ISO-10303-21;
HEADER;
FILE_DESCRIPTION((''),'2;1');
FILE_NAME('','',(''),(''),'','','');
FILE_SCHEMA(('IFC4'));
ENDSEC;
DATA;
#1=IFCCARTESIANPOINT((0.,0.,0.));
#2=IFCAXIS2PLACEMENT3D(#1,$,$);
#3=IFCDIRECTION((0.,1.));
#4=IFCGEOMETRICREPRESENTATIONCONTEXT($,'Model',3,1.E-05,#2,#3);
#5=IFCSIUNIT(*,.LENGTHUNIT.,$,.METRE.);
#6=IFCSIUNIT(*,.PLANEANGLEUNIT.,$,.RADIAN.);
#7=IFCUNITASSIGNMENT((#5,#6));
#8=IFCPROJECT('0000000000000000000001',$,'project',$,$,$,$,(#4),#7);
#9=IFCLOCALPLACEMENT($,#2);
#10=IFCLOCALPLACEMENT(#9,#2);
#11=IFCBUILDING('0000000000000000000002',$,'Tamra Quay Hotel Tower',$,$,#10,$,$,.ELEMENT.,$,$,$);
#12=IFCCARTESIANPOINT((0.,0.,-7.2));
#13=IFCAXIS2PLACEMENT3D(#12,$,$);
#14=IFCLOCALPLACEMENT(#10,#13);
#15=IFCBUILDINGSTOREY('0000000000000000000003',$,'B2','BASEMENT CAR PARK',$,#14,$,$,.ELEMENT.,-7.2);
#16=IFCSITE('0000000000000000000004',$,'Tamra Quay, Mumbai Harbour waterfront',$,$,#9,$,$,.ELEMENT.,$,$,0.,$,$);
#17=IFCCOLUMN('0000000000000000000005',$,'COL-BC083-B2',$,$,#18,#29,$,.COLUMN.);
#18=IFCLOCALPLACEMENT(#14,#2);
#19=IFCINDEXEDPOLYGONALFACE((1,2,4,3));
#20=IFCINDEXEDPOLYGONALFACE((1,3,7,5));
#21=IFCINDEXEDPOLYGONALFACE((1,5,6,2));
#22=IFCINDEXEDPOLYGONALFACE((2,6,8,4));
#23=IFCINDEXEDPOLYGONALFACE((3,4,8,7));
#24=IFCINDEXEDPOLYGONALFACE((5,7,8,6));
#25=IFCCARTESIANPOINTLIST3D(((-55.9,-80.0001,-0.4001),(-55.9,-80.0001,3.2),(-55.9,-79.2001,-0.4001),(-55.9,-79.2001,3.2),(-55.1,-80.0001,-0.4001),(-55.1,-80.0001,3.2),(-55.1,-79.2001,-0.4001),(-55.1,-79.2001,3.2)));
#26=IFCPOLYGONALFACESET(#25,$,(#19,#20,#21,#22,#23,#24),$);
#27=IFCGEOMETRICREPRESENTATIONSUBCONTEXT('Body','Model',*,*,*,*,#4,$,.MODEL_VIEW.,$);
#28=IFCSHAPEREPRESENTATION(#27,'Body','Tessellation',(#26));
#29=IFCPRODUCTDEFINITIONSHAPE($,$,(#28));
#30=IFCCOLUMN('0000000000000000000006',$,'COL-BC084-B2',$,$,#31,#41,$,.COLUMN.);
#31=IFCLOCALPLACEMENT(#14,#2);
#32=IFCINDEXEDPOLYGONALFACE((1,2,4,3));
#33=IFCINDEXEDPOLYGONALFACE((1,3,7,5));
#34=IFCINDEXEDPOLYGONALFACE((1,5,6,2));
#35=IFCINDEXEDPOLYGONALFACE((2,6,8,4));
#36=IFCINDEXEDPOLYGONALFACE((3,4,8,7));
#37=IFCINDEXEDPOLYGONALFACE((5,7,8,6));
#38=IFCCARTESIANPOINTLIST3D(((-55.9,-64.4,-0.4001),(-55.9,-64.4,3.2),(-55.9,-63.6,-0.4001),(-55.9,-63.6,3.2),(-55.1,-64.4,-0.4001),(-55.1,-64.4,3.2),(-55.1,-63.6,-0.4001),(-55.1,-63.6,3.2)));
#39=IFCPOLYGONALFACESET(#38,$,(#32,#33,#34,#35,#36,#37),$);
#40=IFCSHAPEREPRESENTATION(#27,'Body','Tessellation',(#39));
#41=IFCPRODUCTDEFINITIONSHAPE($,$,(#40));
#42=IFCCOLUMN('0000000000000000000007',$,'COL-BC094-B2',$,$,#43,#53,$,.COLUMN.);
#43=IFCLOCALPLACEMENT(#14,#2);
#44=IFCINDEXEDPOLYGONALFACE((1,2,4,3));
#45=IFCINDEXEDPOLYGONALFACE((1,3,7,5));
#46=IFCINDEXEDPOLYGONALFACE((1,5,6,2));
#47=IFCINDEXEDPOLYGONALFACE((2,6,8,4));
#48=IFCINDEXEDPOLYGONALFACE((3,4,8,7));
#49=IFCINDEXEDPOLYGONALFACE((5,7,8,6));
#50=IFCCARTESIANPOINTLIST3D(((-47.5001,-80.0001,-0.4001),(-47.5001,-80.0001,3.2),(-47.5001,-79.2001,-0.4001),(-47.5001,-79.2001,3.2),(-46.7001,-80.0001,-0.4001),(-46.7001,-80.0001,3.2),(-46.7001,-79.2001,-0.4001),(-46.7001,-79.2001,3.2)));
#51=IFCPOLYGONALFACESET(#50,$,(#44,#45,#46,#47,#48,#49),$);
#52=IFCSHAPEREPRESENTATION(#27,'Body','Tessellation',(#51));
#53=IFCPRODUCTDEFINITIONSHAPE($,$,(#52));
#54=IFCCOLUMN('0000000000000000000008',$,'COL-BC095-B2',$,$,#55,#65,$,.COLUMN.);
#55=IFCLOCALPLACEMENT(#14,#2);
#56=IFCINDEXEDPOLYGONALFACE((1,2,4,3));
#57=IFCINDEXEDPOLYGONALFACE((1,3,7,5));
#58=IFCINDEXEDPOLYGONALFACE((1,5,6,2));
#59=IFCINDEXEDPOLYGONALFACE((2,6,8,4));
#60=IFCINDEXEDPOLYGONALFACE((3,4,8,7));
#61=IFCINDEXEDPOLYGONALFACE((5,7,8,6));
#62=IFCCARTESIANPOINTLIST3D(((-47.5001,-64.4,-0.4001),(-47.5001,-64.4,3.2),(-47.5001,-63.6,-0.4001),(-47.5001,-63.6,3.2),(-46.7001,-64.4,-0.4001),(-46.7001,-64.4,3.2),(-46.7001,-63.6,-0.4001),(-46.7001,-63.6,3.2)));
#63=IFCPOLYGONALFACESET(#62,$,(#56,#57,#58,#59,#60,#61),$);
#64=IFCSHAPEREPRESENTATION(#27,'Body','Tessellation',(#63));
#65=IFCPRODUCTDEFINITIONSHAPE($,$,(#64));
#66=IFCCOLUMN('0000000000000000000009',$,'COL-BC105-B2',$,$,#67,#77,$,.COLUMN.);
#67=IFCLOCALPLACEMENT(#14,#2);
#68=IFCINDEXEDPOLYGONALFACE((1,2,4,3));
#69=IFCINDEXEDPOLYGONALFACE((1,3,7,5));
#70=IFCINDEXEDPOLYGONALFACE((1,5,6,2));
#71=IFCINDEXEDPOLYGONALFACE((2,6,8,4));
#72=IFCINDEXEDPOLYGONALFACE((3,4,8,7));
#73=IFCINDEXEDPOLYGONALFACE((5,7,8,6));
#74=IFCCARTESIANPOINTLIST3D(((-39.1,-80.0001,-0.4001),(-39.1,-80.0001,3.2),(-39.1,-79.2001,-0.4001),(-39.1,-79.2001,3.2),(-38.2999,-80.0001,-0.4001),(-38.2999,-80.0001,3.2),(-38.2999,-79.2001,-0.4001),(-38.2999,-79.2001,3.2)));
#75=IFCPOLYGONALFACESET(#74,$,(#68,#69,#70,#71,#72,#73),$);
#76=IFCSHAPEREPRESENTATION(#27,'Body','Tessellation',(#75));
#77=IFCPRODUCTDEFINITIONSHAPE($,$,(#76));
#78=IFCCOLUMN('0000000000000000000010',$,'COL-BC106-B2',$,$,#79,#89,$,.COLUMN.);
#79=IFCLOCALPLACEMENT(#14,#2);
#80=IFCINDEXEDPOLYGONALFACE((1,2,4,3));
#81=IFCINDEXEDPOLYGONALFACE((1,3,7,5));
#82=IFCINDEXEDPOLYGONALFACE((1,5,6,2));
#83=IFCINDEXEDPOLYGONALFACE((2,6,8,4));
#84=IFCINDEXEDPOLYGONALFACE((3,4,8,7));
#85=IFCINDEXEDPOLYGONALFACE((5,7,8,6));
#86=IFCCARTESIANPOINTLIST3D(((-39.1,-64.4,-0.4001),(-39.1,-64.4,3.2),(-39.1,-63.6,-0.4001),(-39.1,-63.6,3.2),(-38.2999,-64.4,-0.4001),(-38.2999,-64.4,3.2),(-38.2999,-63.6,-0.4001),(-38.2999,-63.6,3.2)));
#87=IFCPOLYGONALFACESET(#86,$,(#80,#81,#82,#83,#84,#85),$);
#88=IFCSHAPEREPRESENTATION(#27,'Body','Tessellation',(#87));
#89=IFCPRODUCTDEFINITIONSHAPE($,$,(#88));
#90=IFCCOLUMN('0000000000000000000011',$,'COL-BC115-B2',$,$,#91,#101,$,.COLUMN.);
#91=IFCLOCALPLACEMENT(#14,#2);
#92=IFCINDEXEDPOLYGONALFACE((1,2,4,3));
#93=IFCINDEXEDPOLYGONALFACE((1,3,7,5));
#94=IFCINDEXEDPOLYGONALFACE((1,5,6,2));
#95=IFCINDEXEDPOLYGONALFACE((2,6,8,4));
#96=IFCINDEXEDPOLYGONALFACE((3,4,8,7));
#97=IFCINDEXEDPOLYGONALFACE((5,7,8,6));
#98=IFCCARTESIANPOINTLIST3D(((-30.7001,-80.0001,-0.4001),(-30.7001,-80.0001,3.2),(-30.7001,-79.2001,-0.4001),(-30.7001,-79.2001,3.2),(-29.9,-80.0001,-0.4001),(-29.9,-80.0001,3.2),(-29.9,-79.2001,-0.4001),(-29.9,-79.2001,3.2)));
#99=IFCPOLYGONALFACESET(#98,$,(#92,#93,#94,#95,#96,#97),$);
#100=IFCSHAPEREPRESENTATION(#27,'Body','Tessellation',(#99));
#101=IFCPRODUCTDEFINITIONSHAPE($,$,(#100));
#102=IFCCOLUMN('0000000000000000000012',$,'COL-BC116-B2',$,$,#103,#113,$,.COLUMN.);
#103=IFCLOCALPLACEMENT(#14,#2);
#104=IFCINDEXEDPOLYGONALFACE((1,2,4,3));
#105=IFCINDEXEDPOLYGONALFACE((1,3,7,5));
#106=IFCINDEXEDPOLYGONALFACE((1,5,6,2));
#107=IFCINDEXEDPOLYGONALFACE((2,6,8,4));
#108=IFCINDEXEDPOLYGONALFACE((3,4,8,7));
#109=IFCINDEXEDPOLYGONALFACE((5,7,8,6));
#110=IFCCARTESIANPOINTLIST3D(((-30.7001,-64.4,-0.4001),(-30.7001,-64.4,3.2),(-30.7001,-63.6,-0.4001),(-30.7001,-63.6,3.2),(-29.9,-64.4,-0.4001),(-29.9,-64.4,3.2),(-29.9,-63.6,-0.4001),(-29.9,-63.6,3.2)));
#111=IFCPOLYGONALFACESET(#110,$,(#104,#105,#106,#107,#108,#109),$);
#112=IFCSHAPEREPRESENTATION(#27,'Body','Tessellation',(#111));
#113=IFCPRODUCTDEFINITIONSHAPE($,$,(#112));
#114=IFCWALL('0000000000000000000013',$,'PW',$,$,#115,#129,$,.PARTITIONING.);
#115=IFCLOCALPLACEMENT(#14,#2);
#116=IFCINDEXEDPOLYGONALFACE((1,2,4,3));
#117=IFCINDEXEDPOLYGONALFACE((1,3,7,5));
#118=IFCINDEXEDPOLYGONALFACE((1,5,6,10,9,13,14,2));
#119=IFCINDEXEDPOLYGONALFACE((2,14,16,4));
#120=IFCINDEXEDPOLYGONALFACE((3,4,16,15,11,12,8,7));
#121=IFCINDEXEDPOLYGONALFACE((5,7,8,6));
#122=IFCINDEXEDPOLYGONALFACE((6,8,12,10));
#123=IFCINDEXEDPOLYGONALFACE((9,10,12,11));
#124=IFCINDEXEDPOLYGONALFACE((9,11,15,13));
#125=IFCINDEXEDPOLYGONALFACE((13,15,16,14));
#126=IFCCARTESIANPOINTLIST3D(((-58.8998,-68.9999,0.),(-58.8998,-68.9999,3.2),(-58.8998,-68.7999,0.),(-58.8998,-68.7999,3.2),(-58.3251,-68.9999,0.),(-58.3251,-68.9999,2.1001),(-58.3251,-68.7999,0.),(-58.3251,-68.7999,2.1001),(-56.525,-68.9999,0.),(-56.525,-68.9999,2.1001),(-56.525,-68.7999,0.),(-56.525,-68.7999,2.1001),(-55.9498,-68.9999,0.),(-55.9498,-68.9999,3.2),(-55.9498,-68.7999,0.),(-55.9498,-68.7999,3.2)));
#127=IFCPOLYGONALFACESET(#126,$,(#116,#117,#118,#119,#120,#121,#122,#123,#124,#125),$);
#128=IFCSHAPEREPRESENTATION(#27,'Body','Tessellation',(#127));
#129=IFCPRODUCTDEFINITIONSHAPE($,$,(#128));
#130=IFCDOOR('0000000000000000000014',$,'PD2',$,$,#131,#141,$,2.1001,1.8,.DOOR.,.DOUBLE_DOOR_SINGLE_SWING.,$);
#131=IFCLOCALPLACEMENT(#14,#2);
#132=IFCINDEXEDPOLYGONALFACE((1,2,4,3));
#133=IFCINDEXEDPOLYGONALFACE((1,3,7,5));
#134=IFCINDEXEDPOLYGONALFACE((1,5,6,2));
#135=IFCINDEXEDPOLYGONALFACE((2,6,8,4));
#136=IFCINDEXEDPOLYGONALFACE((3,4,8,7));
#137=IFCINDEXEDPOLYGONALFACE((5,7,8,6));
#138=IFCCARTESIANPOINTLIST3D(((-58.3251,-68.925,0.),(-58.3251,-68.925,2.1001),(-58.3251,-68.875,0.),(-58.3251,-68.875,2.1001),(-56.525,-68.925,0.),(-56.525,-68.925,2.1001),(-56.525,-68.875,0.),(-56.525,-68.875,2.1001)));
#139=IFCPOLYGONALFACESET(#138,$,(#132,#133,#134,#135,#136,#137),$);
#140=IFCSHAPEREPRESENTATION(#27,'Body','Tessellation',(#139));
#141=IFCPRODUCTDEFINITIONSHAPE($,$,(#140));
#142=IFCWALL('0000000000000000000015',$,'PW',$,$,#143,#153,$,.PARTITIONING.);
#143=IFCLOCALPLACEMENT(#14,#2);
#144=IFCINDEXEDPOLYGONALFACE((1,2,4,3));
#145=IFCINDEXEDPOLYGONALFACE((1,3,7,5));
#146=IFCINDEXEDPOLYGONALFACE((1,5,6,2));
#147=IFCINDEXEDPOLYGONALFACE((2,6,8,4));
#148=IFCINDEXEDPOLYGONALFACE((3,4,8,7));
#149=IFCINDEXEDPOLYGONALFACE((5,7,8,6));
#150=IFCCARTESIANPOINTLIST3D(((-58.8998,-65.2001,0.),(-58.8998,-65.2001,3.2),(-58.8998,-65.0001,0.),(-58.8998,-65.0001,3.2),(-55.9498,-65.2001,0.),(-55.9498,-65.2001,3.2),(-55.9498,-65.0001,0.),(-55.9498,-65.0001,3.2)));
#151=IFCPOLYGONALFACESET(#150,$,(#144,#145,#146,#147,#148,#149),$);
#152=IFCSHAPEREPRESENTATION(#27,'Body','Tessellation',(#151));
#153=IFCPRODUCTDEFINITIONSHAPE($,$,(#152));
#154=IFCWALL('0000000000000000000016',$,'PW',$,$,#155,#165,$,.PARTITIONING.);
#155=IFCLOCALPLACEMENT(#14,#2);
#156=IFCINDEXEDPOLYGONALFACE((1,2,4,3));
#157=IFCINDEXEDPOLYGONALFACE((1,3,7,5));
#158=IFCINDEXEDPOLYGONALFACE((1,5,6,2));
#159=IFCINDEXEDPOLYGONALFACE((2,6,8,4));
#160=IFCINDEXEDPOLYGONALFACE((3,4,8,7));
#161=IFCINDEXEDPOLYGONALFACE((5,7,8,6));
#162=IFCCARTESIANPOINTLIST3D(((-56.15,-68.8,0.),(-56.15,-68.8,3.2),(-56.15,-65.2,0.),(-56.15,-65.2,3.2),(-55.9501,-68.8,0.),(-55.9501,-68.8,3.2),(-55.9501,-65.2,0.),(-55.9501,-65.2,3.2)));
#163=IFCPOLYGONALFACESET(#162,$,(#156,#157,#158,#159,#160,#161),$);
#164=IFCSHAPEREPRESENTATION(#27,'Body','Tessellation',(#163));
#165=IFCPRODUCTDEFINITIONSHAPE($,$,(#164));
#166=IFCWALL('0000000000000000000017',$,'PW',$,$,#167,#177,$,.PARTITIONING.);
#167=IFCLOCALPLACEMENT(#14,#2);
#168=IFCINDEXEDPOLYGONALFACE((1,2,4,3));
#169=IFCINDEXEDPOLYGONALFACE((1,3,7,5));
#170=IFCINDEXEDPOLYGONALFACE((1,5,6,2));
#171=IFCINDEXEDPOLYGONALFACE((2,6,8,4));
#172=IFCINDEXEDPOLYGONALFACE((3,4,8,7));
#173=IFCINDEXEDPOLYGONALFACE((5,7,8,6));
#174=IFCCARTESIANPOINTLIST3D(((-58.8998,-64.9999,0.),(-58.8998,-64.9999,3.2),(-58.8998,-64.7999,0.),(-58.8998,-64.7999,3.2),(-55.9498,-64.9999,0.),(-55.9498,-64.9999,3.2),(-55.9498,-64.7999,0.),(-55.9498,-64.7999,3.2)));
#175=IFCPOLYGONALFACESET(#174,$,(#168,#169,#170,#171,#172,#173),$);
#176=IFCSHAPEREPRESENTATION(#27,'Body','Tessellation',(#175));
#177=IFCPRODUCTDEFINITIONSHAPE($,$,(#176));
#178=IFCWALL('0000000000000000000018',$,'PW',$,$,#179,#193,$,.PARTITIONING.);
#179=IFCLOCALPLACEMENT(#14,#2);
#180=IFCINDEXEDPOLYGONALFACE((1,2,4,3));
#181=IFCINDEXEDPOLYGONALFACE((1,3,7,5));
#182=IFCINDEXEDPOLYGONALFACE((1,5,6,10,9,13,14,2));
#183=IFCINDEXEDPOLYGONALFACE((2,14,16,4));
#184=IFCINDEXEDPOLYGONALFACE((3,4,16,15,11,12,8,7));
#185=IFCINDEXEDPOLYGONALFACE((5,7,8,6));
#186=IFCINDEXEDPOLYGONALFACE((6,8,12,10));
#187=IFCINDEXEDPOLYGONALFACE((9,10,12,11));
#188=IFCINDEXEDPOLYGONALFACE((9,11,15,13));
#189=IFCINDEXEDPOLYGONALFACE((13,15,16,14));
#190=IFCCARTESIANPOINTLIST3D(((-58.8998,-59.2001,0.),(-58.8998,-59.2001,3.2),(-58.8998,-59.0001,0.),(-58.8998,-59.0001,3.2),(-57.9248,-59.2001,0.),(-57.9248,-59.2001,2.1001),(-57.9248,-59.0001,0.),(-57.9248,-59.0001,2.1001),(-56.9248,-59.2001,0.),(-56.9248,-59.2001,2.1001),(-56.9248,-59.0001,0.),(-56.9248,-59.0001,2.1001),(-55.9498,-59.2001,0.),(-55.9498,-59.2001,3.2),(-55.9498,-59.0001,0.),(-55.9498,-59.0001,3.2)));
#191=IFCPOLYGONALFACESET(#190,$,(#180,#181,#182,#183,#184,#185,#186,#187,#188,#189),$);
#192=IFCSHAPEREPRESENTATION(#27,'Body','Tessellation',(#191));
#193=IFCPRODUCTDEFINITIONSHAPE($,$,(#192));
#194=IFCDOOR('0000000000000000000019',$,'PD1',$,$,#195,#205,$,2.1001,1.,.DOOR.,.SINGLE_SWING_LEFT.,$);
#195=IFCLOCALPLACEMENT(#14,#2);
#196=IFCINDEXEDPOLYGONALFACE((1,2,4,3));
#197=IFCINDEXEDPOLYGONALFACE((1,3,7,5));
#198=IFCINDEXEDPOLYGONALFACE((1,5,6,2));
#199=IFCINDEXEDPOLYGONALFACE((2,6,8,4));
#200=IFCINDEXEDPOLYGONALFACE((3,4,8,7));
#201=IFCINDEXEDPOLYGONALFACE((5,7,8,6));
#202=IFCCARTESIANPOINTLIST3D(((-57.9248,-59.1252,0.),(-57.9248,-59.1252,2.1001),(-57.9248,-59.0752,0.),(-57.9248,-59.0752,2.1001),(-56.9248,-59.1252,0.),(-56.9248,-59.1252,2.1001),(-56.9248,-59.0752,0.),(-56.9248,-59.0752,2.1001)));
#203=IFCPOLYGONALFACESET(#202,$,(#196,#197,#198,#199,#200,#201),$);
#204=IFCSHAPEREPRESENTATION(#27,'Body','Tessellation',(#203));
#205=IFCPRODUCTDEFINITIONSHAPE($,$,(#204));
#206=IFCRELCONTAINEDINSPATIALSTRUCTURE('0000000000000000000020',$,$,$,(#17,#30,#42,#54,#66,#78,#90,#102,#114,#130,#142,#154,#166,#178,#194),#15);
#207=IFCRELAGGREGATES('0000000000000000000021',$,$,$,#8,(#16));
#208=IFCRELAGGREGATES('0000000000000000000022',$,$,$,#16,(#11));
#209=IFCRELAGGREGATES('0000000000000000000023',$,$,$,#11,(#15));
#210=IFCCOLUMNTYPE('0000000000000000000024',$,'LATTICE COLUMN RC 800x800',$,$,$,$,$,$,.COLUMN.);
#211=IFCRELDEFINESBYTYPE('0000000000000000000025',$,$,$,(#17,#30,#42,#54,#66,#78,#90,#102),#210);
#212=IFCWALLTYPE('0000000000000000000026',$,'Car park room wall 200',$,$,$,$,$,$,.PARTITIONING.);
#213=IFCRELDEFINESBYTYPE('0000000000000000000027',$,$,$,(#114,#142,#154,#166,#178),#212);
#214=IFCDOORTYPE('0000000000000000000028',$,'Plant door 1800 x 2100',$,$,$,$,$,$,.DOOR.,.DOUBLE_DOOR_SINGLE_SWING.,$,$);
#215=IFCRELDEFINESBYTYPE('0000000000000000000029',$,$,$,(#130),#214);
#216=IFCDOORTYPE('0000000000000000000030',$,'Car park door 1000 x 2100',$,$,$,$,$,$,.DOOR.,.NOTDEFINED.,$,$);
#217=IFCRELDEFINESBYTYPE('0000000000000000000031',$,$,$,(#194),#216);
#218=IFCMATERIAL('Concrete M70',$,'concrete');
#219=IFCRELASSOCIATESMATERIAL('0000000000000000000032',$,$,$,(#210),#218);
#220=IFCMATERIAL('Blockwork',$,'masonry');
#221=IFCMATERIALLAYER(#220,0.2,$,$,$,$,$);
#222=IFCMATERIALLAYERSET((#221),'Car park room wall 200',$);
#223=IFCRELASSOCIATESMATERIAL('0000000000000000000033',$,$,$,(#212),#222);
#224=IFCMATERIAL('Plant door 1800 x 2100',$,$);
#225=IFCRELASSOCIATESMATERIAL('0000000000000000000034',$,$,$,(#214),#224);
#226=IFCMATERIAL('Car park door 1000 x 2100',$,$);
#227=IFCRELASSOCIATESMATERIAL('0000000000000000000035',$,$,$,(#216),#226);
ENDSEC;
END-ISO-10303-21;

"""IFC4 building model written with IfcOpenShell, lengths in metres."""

from ifc_helpers import new_model, si_unit, direction, frame, frame_2d, origin, origin_2d, place, context, subcontext, project, spatial, rectangle, extrude, material, layer, layer_set, material_profile, profile_set, type_object, element, fill, save


model = new_model("IFC4")

# Units and contexts
model_context = context("Model", 3, precision=1e-05, world=origin(), true_north=direction((0.0, 1.0)))
body_context = subcontext(model_context, "Body", "Model", "MODEL_VIEW")
ifc_project = project(units=[si_unit("LENGTHUNIT", "METRE"), si_unit("PLANEANGLEUNIT", "RADIAN")], contexts=[model_context])

# Site, building, storey
site_placement = place(None, origin())
site = spatial("IfcSite", under=ifc_project, at=site_placement, Name="Tamra Quay, Mumbai Harbour waterfront", CompositionType="ELEMENT", RefElevation=0.0)
building_placement = place(site_placement, origin())
building = spatial("IfcBuilding", under=site, at=building_placement, Name="Tamra Quay Hotel Tower", CompositionType="ELEMENT")
storey_placement = place(building_placement, frame((0.0, 0.0, -7.2)))
storey = spatial("IfcBuildingStorey", under=building, at=storey_placement, Name="B2", Description="BASEMENT CAR PARK", CompositionType="ELEMENT", Elevation=-7.2)

# Columns
ifc_material_1 = material(Name="Concrete M70", Category="concrete")
ifc_material_profile = material_profile(ifc_material_1, rectangle(XDim=0.8, YDim=0.8, at=origin_2d()), Name="LATTICE COLUMN RC 800x800")
ifc_profile_set = profile_set([ifc_material_profile], Name="Concrete M70")
column_type = type_object("IfcColumnType", Name="LATTICE COLUMN RC 800x800", PredefinedType="COLUMN", material=ifc_profile_set)
for number, where, z_axis, x_axis, name in (
    (1, (-55.5, -79.6001, -0.4001), (0.0, 0.0, 1.0), (1.0, 0.0, 0.0), "COL-BC083-B2"),
    (2, (-55.5, -64.0, -0.4001), (0.0, 0.0, 1.0), (1.0, 0.0, 0.0), "COL-BC084-B2"),
    (3, (-47.1001, -79.6001, -0.4001), (0.0, 0.0, 1.0), (1.0, 0.0, 0.0), "COL-BC094-B2"),
    (4, (-47.1001, -64.0, -0.4001), (0.0, 0.0, 1.0), (1.0, 0.0, 0.0), "COL-BC095-B2"),
    (5, (-38.7, -79.6001, -0.4001), (0.0, 0.0, 1.0), (1.0, 0.0, 0.0), "COL-BC105-B2"),
    (6, (-38.7, -64.0, -0.4001), (0.0, 0.0, 1.0), (1.0, 0.0, 0.0), "COL-BC106-B2"),
    (7, (-30.3, -79.6001, -0.4001), (0.0, 0.0, 1.0), (1.0, 0.0, 0.0), "COL-BC115-B2"),
    (8, (-30.3, -64.0, -0.4001), (0.0, 0.0, 1.0), (1.0, 0.0, 0.0), "COL-BC116-B2"),
):
    element("IfcColumn", number, at=place(storey_placement, frame(where, z_axis=z_axis, x_axis=x_axis)), inside=storey, type_object=column_type, Name=name, PredefinedType="COLUMN", context=body_context, shape_type="SweptSolid", body=[
        extrude(rectangle(XDim=0.8, YDim=0.8, at=origin_2d()), origin(), (0.0, 0.0, 1.0), 3.6001),
    ])

# Wall, opening, door
ifc_material_2 = material(Name="Blockwork", Category="masonry")
ifc_layer_1 = layer(ifc_material_2, 0.2)
ifc_layer_set_1 = layer_set([ifc_layer_1], Name="Car park room wall 200")
wall_type_1 = type_object("IfcWallType", Name="Car park room wall 200", PredefinedType="PARTITIONING", material=ifc_layer_set_1)
wall_1_placement = place(storey_placement, frame((-58.8999, -68.8999, 0.0), z_axis=(0.0, 0.0, 1.0), x_axis=(1.0, 0.0, 0.0)))
wall_1 = element("IfcWall", 9, at=wall_1_placement, inside=storey, type_object=wall_type_1, Name="PW", PredefinedType="PARTITIONING", context=body_context, shape_type="SweptSolid", body=[
    extrude(rectangle(XDim=2.95, YDim=0.2, at=frame_2d((1.4751, 0.0))), origin(), (0.0, 0.0, 1.0), 3.2),
])
opening_1_placement = place(wall_1_placement, frame((0.575, 0.0, 0.0)))
opening_1 = element("IfcOpeningElement", 10, at=opening_1_placement, cuts=wall_1, PredefinedType="OPENING", context=body_context, shape_type="SweptSolid", body=[
    extrude(rectangle(XDim=1.8, YDim=2.1001, at=frame_2d((0.8999, 1.05))), frame((0.0, 0.1099, 0.0), z_axis=(0.0, -1.0, 0.0), x_axis=(1.0, 0.0, 0.0)), (0.0, 0.0, 1.0), 0.22),
])
ifc_material_3 = material(Name="Plant door 1800 x 2100")
door_type_1 = type_object("IfcDoorType", Name="Plant door 1800 x 2100", OperationType="DOUBLE_DOOR_SINGLE_SWING", PredefinedType="DOOR", material=ifc_material_3)
door_1_placement = place(opening_1_placement, origin())
door_1 = element("IfcDoor", 11, at=door_1_placement, inside=storey, type_object=door_type_1, Name="PD2", OperationType="DOUBLE_DOOR_SINGLE_SWING", OverallHeight=2.1001, OverallWidth=1.8, PredefinedType="DOOR", context=body_context, shape_type="SweptSolid", body=[
    extrude(rectangle(XDim=1.8, YDim=2.1001, at=frame_2d((0.8999, 1.05))), frame((0.0, 0.0249, 0.0), z_axis=(0.0, -1.0, 0.0), x_axis=(1.0, 0.0, 0.0)), (0.0, 0.0, 1.0), 0.05),
])
fill(opening_1, door_1)

# Walls
wall_2_placement = place(storey_placement, frame((-58.8999, -65.1001, 0.0), z_axis=(0.0, 0.0, 1.0), x_axis=(1.0, 0.0, 0.0)))
element("IfcWall", 12, at=wall_2_placement, inside=storey, type_object=wall_type_1, Name="PW", PredefinedType="PARTITIONING", context=body_context, shape_type="SweptSolid", body=[
    extrude(rectangle(XDim=2.95, YDim=0.2, at=frame_2d((1.4751, 0.0))), origin(), (0.0, 0.0, 1.0), 3.2),
])
wall_3_placement = place(storey_placement, frame((-56.05, -68.8, 0.0), z_axis=(0.0, 0.0, 1.0), x_axis=(0.0, 1.0, 0.0)))
element("IfcWall", 13, at=wall_3_placement, inside=storey, type_object=wall_type_1, Name="PW", PredefinedType="PARTITIONING", context=body_context, shape_type="SweptSolid", body=[
    extrude(rectangle(XDim=3.6001, YDim=0.2, at=frame_2d((1.8, 0.0))), origin(), (0.0, 0.0, 1.0), 3.2),
])
wall_4_placement = place(storey_placement, frame((-58.8999, -64.8999, 0.0), z_axis=(0.0, 0.0, 1.0), x_axis=(1.0, 0.0, 0.0)))
element("IfcWall", 14, at=wall_4_placement, inside=storey, type_object=wall_type_1, Name="PW", PredefinedType="PARTITIONING", context=body_context, shape_type="SweptSolid", body=[
    extrude(rectangle(XDim=2.95, YDim=0.2, at=frame_2d((1.4751, 0.0))), origin(), (0.0, 0.0, 1.0), 3.2),
])

# Wall, opening, door
wall_5_placement = place(storey_placement, frame((-58.8999, -59.1001, 0.0), z_axis=(0.0, 0.0, 1.0), x_axis=(1.0, 0.0, 0.0)))
wall_5 = element("IfcWall", 15, at=wall_5_placement, inside=storey, type_object=wall_type_1, Name="PW", PredefinedType="PARTITIONING", context=body_context, shape_type="SweptSolid", body=[
    extrude(rectangle(XDim=2.95, YDim=0.2, at=frame_2d((1.4751, 0.0))), origin(), (0.0, 0.0, 1.0), 3.2),
])
opening_2_placement = place(wall_5_placement, frame((0.9751, 0.0, 0.0)))
opening_2 = element("IfcOpeningElement", 16, at=opening_2_placement, cuts=wall_5, PredefinedType="OPENING", context=body_context, shape_type="SweptSolid", body=[
    extrude(rectangle(XDim=1.0, YDim=2.1001, at=frame_2d((0.5, 1.05))), frame((0.0, 0.1099, 0.0), z_axis=(0.0, -1.0, 0.0), x_axis=(1.0, 0.0, 0.0)), (0.0, 0.0, 1.0), 0.22),
])
ifc_material_4 = material(Name="Car park door 1000 x 2100")
door_type_2 = type_object("IfcDoorType", Name="Car park door 1000 x 2100", OperationType="NOTDEFINED", PredefinedType="DOOR", material=ifc_material_4)
door_2_placement = place(opening_2_placement, origin())
door_2 = element("IfcDoor", 17, at=door_2_placement, inside=storey, type_object=door_type_2, Name="PD1", OperationType="SINGLE_SWING_LEFT", OverallHeight=2.1001, OverallWidth=1.0, PredefinedType="DOOR", context=body_context, shape_type="SweptSolid", body=[
    extrude(rectangle(XDim=1.0, YDim=2.1001, at=frame_2d((0.5, 1.05))), frame((0.0, 0.0249, 0.0), z_axis=(0.0, -1.0, 0.0), x_axis=(1.0, 0.0, 0.0)), (0.0, 0.0, 1.0), 0.05),
])
fill(opening_2, door_2)

save(model, "model.ifc")
